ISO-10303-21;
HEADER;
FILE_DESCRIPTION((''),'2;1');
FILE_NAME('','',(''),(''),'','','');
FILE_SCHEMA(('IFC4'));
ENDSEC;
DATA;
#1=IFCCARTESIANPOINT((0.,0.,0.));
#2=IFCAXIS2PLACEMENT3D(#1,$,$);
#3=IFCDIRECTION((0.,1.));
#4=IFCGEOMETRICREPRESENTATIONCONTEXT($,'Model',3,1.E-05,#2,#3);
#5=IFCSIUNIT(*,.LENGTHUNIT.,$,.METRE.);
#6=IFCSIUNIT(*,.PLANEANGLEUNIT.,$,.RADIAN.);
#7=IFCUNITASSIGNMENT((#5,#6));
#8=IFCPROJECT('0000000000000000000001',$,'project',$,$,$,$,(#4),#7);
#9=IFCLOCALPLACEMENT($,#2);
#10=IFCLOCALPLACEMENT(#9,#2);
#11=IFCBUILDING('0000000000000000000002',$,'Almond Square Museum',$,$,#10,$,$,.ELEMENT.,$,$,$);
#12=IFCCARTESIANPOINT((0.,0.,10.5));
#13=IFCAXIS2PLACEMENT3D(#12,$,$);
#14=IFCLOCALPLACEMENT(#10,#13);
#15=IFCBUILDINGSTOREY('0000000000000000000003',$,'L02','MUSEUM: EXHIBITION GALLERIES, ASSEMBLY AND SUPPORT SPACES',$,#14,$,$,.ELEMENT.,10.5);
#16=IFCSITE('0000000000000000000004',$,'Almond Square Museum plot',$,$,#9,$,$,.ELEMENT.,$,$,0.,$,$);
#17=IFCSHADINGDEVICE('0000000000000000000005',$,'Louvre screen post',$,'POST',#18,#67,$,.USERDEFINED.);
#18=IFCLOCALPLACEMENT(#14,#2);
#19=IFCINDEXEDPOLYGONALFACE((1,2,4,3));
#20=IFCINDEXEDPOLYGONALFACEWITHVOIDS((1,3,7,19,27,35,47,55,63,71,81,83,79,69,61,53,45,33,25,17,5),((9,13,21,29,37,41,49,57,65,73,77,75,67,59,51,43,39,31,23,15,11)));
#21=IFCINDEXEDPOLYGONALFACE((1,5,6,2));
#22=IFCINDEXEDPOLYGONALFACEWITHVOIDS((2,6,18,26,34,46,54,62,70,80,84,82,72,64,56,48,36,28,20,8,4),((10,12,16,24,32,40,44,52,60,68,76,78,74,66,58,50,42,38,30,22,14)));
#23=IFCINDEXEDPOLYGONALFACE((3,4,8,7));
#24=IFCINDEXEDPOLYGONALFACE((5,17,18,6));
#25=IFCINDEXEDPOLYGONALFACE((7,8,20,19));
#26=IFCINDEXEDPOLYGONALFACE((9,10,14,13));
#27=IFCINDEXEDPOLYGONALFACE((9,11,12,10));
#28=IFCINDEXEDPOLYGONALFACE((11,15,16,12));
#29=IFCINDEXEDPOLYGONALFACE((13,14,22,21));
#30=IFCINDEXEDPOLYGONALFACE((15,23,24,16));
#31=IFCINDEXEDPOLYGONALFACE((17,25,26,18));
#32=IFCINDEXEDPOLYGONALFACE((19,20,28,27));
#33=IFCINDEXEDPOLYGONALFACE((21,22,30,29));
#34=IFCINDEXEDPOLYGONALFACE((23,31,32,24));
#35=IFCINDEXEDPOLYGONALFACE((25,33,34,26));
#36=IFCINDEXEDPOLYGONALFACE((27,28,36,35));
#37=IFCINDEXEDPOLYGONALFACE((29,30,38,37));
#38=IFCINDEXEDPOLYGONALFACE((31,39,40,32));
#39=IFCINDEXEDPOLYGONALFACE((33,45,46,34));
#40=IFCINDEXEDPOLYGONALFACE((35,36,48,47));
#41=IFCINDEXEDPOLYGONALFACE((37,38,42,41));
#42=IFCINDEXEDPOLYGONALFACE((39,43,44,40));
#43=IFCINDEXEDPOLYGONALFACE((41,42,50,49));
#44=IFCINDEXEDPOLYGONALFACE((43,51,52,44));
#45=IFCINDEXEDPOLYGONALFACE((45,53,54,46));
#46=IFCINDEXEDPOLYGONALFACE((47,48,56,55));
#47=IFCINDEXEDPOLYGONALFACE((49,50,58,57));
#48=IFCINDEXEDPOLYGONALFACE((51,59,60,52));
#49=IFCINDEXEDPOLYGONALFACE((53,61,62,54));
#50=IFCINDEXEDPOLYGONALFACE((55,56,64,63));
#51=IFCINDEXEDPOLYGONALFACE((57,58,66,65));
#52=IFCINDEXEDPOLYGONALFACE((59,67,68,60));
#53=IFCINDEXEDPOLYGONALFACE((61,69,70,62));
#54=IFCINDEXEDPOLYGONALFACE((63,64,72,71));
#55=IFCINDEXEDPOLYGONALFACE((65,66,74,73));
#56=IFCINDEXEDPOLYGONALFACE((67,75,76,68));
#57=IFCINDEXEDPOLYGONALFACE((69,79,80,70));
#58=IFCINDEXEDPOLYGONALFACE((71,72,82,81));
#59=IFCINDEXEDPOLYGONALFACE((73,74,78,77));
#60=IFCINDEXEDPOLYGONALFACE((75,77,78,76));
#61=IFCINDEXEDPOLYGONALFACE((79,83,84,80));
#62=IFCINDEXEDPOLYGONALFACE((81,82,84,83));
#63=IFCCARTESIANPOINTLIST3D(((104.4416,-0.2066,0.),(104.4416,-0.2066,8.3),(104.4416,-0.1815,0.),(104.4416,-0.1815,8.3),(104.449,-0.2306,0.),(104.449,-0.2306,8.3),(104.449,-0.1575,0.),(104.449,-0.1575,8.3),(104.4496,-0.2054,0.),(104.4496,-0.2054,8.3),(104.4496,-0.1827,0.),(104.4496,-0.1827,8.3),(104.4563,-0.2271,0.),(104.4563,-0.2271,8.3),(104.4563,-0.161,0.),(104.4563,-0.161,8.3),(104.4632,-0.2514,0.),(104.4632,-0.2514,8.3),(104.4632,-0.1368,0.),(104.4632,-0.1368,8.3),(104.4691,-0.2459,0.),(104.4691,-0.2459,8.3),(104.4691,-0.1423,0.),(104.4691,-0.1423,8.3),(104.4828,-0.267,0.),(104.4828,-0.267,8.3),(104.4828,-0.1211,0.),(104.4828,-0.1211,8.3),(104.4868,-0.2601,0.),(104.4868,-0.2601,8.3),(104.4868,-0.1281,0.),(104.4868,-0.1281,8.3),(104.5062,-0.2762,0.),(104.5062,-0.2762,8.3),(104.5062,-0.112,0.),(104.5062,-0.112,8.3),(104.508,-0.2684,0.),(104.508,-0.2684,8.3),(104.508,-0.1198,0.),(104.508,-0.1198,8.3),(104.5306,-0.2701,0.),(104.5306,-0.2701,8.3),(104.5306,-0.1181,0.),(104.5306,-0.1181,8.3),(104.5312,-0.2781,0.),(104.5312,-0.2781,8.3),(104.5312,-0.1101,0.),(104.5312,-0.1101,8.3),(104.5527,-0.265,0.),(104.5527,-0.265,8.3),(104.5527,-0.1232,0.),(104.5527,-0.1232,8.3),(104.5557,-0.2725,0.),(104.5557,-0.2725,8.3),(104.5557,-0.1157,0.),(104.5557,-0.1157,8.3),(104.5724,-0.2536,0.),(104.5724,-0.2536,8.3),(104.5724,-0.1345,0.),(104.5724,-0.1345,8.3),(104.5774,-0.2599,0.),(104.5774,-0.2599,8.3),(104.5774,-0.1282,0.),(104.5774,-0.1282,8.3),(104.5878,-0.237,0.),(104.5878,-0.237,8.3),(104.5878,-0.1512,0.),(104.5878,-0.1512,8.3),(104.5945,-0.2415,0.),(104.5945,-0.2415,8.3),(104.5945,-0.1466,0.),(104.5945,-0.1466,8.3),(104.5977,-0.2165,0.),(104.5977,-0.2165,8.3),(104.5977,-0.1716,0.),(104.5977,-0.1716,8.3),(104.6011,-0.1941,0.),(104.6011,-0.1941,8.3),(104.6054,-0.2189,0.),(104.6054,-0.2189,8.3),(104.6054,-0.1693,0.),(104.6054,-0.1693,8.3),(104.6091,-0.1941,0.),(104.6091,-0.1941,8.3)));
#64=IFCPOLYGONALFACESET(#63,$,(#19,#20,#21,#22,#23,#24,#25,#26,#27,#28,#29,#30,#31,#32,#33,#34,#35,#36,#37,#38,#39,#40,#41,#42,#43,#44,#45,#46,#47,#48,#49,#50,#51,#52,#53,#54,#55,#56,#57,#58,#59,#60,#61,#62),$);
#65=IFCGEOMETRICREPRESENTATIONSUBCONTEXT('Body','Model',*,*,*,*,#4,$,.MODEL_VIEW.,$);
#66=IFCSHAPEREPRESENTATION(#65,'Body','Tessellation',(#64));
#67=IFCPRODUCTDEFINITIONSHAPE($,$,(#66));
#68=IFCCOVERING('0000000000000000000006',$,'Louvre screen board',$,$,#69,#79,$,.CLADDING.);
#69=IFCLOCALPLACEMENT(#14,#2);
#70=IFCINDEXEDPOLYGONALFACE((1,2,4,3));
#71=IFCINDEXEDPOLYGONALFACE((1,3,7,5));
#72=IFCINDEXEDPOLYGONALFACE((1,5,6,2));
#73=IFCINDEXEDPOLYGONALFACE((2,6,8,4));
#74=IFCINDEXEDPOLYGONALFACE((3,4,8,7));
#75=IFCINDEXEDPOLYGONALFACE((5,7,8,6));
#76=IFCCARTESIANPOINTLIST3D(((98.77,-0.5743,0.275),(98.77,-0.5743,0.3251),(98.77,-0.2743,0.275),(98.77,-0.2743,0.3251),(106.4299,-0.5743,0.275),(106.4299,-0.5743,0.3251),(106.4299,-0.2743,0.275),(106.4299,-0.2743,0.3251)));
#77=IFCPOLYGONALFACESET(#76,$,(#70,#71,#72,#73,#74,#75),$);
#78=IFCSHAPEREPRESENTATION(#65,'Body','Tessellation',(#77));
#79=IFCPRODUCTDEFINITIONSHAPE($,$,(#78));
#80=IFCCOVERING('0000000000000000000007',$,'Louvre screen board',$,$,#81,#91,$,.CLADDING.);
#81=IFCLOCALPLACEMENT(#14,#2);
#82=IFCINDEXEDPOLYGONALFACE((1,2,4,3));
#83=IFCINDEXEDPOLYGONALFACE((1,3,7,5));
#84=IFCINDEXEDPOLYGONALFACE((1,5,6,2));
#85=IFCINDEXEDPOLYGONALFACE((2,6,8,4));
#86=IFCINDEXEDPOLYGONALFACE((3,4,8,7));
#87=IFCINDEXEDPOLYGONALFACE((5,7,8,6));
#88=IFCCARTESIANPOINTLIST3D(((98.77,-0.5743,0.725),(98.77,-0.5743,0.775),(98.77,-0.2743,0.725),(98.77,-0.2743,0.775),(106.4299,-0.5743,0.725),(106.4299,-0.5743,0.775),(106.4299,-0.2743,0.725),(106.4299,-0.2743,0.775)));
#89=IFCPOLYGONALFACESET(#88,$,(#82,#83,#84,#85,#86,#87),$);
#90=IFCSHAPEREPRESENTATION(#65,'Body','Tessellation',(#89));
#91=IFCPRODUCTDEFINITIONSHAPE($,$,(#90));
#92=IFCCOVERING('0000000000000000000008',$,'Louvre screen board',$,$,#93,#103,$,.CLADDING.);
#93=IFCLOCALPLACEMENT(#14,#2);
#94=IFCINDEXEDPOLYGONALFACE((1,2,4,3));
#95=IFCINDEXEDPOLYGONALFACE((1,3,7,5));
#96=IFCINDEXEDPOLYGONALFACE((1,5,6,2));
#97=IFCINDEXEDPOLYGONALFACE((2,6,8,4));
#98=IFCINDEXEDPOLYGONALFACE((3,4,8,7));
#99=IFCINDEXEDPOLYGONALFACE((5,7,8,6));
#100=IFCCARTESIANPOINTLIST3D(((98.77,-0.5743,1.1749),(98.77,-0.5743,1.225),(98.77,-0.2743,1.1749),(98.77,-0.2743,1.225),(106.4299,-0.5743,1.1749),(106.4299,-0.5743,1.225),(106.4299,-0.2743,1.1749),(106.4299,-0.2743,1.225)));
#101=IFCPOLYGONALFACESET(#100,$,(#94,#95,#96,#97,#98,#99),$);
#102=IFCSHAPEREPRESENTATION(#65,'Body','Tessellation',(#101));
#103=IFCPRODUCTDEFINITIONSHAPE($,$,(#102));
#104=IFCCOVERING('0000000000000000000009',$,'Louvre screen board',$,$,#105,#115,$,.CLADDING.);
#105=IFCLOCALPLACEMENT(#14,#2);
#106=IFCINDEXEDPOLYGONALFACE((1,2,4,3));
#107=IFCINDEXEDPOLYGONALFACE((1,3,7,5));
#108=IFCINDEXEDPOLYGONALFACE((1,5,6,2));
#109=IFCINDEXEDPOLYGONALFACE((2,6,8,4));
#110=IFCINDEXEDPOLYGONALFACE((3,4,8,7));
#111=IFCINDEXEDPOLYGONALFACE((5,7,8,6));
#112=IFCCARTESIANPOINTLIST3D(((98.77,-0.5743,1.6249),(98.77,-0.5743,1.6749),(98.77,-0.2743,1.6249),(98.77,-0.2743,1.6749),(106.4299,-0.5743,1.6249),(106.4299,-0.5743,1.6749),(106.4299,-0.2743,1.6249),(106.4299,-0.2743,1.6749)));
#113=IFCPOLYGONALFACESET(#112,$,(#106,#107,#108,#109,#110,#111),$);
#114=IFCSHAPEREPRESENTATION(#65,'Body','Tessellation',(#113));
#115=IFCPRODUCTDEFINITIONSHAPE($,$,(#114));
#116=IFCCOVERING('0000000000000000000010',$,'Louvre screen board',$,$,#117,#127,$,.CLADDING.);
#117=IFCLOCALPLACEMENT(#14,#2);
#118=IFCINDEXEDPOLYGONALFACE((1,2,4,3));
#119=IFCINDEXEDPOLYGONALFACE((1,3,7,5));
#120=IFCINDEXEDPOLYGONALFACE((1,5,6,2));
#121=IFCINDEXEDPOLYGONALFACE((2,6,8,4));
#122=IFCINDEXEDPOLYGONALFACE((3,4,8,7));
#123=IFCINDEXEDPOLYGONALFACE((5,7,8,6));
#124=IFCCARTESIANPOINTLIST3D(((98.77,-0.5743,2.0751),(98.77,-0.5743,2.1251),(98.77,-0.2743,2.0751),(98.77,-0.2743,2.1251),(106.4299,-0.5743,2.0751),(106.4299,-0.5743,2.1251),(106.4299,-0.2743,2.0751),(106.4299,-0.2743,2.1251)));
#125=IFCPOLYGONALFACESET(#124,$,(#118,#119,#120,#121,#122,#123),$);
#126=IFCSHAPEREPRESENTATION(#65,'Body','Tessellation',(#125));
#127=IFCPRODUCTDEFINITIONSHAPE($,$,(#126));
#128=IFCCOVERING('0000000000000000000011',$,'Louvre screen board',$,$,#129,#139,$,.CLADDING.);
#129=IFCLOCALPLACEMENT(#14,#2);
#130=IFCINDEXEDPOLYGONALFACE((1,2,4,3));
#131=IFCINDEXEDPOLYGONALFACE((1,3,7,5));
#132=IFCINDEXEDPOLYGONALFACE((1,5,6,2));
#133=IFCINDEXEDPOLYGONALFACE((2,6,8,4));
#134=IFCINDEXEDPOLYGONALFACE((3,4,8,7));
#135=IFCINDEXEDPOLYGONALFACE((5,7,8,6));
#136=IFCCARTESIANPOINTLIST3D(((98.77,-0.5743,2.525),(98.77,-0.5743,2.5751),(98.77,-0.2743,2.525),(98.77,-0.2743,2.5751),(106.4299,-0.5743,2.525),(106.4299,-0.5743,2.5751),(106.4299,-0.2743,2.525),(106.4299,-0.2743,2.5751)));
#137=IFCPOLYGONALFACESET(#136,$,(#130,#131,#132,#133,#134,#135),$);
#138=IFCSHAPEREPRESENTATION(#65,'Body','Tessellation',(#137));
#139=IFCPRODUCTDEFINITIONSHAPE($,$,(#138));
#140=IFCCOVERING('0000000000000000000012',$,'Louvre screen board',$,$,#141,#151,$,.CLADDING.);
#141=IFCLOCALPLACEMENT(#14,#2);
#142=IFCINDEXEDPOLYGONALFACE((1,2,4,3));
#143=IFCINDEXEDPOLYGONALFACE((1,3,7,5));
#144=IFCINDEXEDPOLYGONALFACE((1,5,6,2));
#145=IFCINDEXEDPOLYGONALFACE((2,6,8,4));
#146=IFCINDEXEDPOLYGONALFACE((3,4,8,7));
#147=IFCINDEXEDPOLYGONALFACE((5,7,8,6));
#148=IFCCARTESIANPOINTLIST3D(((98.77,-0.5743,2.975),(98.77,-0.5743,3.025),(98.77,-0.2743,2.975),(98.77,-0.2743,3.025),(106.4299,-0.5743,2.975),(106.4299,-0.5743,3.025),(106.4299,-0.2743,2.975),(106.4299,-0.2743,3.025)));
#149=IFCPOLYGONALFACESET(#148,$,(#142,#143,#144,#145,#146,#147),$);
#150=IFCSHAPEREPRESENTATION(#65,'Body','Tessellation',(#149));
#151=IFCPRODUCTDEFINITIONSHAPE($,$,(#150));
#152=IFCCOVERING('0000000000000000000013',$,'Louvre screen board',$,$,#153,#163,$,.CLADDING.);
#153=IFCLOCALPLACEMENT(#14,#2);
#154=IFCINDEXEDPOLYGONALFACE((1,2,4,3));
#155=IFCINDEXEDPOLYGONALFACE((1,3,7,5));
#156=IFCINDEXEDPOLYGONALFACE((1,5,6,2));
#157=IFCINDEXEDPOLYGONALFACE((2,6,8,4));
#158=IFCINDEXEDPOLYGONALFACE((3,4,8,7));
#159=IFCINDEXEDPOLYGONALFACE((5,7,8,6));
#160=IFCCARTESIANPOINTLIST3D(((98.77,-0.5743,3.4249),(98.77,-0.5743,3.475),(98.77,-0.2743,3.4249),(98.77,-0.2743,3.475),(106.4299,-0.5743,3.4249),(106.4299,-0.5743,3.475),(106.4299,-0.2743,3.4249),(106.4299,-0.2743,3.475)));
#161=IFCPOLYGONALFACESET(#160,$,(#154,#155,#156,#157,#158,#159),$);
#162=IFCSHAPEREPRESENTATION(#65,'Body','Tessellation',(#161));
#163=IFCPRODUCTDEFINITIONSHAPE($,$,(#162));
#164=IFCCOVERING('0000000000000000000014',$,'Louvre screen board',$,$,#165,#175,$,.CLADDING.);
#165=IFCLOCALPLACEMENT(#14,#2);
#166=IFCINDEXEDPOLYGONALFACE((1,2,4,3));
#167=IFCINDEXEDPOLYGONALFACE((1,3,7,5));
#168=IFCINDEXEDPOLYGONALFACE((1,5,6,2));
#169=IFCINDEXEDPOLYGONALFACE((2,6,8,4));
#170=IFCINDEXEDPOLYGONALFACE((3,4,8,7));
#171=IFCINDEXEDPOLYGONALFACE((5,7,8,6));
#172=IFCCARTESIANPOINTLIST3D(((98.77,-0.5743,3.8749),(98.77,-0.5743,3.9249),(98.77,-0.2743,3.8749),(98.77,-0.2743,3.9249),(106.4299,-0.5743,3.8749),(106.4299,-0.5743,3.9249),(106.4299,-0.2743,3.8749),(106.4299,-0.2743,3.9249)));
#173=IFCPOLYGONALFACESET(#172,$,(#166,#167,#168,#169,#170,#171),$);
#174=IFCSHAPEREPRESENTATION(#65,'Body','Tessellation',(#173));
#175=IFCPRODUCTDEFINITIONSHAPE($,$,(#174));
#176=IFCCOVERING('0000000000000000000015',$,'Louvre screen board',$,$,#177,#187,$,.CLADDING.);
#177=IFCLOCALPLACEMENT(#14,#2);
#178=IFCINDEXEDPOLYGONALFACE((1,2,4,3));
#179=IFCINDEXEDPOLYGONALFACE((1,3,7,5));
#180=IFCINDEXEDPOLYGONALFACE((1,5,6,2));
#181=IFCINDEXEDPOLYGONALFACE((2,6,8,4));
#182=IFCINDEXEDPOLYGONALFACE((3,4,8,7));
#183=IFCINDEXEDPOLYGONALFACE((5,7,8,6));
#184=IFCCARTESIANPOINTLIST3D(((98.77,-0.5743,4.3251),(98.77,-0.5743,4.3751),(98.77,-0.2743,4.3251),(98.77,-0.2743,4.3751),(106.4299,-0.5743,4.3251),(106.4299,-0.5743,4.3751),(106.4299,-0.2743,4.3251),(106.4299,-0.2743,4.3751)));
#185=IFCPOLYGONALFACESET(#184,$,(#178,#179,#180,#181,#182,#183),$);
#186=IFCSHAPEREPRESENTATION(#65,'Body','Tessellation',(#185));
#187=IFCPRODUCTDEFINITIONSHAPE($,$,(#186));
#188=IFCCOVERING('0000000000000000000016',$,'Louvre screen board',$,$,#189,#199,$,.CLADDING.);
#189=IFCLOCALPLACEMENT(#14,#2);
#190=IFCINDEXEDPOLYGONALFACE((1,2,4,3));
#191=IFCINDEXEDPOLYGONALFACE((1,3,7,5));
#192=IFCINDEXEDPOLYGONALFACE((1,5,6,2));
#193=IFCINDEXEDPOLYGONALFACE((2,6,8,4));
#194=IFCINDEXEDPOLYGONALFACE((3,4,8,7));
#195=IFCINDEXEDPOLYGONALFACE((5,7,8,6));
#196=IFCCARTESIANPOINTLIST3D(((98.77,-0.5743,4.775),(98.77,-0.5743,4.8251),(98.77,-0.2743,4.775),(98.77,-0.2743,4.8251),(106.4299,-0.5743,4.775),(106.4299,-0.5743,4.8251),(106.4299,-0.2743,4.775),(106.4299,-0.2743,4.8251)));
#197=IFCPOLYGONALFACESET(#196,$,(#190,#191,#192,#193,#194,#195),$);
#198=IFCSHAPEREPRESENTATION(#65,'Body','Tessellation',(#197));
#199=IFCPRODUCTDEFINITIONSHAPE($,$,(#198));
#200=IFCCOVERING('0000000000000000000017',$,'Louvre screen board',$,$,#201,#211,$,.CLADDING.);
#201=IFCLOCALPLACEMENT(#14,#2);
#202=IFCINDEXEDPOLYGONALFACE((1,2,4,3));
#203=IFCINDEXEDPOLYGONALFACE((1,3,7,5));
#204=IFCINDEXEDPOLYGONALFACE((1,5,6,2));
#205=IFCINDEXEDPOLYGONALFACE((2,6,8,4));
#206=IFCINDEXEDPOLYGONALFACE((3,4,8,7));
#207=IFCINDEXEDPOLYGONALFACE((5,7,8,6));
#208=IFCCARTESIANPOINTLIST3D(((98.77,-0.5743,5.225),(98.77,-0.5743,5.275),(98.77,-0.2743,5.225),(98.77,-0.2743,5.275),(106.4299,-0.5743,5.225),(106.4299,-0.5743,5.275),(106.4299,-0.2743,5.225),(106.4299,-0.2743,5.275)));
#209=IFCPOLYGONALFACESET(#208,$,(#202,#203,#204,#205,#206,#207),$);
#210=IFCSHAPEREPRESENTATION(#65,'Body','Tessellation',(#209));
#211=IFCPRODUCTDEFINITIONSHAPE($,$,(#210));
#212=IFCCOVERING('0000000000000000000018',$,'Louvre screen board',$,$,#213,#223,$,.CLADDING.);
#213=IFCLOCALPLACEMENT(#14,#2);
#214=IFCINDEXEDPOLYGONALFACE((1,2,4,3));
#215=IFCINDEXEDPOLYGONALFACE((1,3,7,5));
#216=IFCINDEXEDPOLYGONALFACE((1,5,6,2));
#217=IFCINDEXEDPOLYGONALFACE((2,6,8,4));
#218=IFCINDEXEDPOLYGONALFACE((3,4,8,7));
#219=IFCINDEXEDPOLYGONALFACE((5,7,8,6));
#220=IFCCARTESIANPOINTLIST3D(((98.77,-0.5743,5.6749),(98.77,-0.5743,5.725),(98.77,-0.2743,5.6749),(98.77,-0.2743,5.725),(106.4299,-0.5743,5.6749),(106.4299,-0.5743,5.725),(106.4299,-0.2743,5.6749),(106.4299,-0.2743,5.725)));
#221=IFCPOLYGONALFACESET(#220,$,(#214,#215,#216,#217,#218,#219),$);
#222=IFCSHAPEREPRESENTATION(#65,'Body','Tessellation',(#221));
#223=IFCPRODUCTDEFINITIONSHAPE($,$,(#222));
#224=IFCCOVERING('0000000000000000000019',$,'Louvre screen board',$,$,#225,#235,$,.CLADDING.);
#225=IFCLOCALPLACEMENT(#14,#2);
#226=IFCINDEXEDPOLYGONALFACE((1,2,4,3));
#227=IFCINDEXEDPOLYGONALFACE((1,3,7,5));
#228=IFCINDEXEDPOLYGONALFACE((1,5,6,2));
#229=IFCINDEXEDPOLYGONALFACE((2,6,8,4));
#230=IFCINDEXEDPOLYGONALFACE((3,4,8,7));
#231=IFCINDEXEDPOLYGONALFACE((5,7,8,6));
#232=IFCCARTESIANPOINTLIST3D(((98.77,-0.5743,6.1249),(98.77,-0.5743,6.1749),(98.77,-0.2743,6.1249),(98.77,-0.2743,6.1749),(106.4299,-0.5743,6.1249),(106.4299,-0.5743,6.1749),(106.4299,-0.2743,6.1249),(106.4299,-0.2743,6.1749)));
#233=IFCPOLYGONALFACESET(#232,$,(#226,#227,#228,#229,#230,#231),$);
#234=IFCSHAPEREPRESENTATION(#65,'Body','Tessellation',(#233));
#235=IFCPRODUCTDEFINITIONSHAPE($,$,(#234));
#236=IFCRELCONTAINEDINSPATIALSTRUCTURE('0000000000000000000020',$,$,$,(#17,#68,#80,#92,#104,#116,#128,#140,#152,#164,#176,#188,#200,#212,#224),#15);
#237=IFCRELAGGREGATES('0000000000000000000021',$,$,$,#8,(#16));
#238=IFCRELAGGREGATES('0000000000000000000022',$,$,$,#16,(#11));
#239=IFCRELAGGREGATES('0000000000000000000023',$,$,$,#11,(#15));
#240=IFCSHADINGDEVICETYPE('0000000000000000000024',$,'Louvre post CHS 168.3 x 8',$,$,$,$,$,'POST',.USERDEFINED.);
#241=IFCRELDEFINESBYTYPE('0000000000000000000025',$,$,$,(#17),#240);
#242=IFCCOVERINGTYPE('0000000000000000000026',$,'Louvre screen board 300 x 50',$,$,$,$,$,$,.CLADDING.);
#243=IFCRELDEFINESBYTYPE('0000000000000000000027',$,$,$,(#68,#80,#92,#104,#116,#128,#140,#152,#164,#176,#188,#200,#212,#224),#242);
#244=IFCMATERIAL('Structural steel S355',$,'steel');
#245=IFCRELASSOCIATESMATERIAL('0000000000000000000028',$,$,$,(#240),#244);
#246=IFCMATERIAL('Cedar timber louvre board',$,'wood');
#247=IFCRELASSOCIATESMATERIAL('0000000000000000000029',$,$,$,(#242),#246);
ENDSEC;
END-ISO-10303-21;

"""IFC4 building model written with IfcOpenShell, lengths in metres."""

from ifc_helpers import new_model, si_unit, direction, frame, origin, origin_2d, place, context, subcontext, project, spatial, rectangle, hollow_circle, extrude, material, material_profile, profile_set, type_object, element, save


model = new_model("IFC4")

# Units and contexts
model_context = context("Model", 3, precision=1e-05, world=origin(), true_north=direction((0.0, 1.0)))
body_context = subcontext(model_context, "Body", "Model", "MODEL_VIEW")
ifc_project = project(units=[si_unit("LENGTHUNIT", "METRE"), si_unit("PLANEANGLEUNIT", "RADIAN")], contexts=[model_context])

# Site, building, storey
site_placement = place(None, origin())
site = spatial("IfcSite", under=ifc_project, at=site_placement, Name="Almond Square Museum plot", CompositionType="ELEMENT", RefElevation=0.0)
building_placement = place(site_placement, origin())
building = spatial("IfcBuilding", under=site, at=building_placement, Name="Almond Square Museum", CompositionType="ELEMENT")
storey_placement = place(building_placement, frame((0.0, 0.0, 10.5)))
storey = spatial("IfcBuildingStorey", under=building, at=storey_placement, Name="L02", Description="MUSEUM: EXHIBITION GALLERIES, ASSEMBLY AND SUPPORT SPACES", CompositionType="ELEMENT", Elevation=10.5)

# Shading device
ifc_material_1 = material(Name="Structural steel S355", Category="steel")
ifc_material_profile_1 = material_profile(ifc_material_1, hollow_circle(Radius=0.0842, WallThickness=0.0081, at=origin_2d()))
ifc_profile_set_1 = profile_set([ifc_material_profile_1], Name="Structural steel S355")
shading_device_type = type_object("IfcShadingDeviceType", Name="Louvre post CHS 168.3 x 8", ElementType="POST", PredefinedType="USERDEFINED", material=ifc_profile_set_1)
for number, where, z_axis, x_axis, name in (
    (1, (104.5249, -0.1941, 0.0), (0.0, 0.0, 1.0), (1.0, 0.0, 0.0), "Louvre screen post"),
):
    element("IfcShadingDevice", number, at=place(storey_placement, frame(where, z_axis=z_axis, x_axis=x_axis)), inside=storey, type_object=shading_device_type, Name=name, ObjectType="POST", PredefinedType="USERDEFINED", context=body_context, shape_type="SweptSolid", body=[
        extrude(hollow_circle(Radius=0.0842, WallThickness=0.0081, at=origin_2d()), origin(), (0.0, 0.0, 1.0), 8.3),
    ])

# Coverings
ifc_material_2 = material(Name="Cedar timber louvre board", Category="wood")
ifc_material_profile_2 = material_profile(ifc_material_2, rectangle(XDim=0.3, YDim=0.05, at=origin_2d()))
ifc_profile_set_2 = profile_set([ifc_material_profile_2], Name="Cedar timber louvre board")
covering_type = type_object("IfcCoveringType", Name="Louvre screen board 300 x 50", PredefinedType="CLADDING", material=ifc_profile_set_2)
for number, where, z_axis, x_axis, name in (
    (2, (98.77, -0.4243, 0.3), (1.0, 0.0, 0.0), (0.0, 1.0, 0.0), "Louvre screen board"),
    (3, (98.77, -0.4243, 0.75), (1.0, 0.0, 0.0), (0.0, 1.0, 0.0), "Louvre screen board"),
    (4, (98.77, -0.4243, 1.2), (1.0, 0.0, 0.0), (0.0, 1.0, 0.0), "Louvre screen board"),
    (5, (98.77, -0.4243, 1.6499), (1.0, 0.0, 0.0), (0.0, 1.0, 0.0), "Louvre screen board"),
    (6, (98.77, -0.4243, 2.1001), (1.0, 0.0, 0.0), (0.0, 1.0, 0.0), "Louvre screen board"),
    (7, (98.77, -0.4243, 2.55), (1.0, 0.0, 0.0), (0.0, 1.0, 0.0), "Louvre screen board"),
    (8, (98.77, -0.4243, 3.0), (1.0, 0.0, 0.0), (0.0, 1.0, 0.0), "Louvre screen board"),
    (9, (98.77, -0.4243, 3.45), (1.0, 0.0, 0.0), (0.0, 1.0, 0.0), "Louvre screen board"),
    (10, (98.77, -0.4243, 3.8999), (1.0, 0.0, 0.0), (0.0, 1.0, 0.0), "Louvre screen board"),
    (11, (98.77, -0.4243, 4.3501), (1.0, 0.0, 0.0), (0.0, 1.0, 0.0), "Louvre screen board"),
    (12, (98.77, -0.4243, 4.8), (1.0, 0.0, 0.0), (0.0, 1.0, 0.0), "Louvre screen board"),
    (13, (98.77, -0.4243, 5.25), (1.0, 0.0, 0.0), (0.0, 1.0, 0.0), "Louvre screen board"),
    (14, (98.77, -0.4243, 5.7), (1.0, 0.0, 0.0), (0.0, 1.0, 0.0), "Louvre screen board"),
    (15, (98.77, -0.4243, 6.1499), (1.0, 0.0, 0.0), (0.0, 1.0, 0.0), "Louvre screen board"),
):
    element("IfcCovering", number, at=place(storey_placement, frame(where, z_axis=z_axis, x_axis=x_axis)), inside=storey, type_object=covering_type, Name=name, PredefinedType="CLADDING", context=body_context, shape_type="SweptSolid", body=[
        extrude(rectangle(XDim=0.3, YDim=0.05, at=origin_2d()), origin(), (0.0, 0.0, 1.0), 7.6599),
    ])

save(model, "model.ifc")
